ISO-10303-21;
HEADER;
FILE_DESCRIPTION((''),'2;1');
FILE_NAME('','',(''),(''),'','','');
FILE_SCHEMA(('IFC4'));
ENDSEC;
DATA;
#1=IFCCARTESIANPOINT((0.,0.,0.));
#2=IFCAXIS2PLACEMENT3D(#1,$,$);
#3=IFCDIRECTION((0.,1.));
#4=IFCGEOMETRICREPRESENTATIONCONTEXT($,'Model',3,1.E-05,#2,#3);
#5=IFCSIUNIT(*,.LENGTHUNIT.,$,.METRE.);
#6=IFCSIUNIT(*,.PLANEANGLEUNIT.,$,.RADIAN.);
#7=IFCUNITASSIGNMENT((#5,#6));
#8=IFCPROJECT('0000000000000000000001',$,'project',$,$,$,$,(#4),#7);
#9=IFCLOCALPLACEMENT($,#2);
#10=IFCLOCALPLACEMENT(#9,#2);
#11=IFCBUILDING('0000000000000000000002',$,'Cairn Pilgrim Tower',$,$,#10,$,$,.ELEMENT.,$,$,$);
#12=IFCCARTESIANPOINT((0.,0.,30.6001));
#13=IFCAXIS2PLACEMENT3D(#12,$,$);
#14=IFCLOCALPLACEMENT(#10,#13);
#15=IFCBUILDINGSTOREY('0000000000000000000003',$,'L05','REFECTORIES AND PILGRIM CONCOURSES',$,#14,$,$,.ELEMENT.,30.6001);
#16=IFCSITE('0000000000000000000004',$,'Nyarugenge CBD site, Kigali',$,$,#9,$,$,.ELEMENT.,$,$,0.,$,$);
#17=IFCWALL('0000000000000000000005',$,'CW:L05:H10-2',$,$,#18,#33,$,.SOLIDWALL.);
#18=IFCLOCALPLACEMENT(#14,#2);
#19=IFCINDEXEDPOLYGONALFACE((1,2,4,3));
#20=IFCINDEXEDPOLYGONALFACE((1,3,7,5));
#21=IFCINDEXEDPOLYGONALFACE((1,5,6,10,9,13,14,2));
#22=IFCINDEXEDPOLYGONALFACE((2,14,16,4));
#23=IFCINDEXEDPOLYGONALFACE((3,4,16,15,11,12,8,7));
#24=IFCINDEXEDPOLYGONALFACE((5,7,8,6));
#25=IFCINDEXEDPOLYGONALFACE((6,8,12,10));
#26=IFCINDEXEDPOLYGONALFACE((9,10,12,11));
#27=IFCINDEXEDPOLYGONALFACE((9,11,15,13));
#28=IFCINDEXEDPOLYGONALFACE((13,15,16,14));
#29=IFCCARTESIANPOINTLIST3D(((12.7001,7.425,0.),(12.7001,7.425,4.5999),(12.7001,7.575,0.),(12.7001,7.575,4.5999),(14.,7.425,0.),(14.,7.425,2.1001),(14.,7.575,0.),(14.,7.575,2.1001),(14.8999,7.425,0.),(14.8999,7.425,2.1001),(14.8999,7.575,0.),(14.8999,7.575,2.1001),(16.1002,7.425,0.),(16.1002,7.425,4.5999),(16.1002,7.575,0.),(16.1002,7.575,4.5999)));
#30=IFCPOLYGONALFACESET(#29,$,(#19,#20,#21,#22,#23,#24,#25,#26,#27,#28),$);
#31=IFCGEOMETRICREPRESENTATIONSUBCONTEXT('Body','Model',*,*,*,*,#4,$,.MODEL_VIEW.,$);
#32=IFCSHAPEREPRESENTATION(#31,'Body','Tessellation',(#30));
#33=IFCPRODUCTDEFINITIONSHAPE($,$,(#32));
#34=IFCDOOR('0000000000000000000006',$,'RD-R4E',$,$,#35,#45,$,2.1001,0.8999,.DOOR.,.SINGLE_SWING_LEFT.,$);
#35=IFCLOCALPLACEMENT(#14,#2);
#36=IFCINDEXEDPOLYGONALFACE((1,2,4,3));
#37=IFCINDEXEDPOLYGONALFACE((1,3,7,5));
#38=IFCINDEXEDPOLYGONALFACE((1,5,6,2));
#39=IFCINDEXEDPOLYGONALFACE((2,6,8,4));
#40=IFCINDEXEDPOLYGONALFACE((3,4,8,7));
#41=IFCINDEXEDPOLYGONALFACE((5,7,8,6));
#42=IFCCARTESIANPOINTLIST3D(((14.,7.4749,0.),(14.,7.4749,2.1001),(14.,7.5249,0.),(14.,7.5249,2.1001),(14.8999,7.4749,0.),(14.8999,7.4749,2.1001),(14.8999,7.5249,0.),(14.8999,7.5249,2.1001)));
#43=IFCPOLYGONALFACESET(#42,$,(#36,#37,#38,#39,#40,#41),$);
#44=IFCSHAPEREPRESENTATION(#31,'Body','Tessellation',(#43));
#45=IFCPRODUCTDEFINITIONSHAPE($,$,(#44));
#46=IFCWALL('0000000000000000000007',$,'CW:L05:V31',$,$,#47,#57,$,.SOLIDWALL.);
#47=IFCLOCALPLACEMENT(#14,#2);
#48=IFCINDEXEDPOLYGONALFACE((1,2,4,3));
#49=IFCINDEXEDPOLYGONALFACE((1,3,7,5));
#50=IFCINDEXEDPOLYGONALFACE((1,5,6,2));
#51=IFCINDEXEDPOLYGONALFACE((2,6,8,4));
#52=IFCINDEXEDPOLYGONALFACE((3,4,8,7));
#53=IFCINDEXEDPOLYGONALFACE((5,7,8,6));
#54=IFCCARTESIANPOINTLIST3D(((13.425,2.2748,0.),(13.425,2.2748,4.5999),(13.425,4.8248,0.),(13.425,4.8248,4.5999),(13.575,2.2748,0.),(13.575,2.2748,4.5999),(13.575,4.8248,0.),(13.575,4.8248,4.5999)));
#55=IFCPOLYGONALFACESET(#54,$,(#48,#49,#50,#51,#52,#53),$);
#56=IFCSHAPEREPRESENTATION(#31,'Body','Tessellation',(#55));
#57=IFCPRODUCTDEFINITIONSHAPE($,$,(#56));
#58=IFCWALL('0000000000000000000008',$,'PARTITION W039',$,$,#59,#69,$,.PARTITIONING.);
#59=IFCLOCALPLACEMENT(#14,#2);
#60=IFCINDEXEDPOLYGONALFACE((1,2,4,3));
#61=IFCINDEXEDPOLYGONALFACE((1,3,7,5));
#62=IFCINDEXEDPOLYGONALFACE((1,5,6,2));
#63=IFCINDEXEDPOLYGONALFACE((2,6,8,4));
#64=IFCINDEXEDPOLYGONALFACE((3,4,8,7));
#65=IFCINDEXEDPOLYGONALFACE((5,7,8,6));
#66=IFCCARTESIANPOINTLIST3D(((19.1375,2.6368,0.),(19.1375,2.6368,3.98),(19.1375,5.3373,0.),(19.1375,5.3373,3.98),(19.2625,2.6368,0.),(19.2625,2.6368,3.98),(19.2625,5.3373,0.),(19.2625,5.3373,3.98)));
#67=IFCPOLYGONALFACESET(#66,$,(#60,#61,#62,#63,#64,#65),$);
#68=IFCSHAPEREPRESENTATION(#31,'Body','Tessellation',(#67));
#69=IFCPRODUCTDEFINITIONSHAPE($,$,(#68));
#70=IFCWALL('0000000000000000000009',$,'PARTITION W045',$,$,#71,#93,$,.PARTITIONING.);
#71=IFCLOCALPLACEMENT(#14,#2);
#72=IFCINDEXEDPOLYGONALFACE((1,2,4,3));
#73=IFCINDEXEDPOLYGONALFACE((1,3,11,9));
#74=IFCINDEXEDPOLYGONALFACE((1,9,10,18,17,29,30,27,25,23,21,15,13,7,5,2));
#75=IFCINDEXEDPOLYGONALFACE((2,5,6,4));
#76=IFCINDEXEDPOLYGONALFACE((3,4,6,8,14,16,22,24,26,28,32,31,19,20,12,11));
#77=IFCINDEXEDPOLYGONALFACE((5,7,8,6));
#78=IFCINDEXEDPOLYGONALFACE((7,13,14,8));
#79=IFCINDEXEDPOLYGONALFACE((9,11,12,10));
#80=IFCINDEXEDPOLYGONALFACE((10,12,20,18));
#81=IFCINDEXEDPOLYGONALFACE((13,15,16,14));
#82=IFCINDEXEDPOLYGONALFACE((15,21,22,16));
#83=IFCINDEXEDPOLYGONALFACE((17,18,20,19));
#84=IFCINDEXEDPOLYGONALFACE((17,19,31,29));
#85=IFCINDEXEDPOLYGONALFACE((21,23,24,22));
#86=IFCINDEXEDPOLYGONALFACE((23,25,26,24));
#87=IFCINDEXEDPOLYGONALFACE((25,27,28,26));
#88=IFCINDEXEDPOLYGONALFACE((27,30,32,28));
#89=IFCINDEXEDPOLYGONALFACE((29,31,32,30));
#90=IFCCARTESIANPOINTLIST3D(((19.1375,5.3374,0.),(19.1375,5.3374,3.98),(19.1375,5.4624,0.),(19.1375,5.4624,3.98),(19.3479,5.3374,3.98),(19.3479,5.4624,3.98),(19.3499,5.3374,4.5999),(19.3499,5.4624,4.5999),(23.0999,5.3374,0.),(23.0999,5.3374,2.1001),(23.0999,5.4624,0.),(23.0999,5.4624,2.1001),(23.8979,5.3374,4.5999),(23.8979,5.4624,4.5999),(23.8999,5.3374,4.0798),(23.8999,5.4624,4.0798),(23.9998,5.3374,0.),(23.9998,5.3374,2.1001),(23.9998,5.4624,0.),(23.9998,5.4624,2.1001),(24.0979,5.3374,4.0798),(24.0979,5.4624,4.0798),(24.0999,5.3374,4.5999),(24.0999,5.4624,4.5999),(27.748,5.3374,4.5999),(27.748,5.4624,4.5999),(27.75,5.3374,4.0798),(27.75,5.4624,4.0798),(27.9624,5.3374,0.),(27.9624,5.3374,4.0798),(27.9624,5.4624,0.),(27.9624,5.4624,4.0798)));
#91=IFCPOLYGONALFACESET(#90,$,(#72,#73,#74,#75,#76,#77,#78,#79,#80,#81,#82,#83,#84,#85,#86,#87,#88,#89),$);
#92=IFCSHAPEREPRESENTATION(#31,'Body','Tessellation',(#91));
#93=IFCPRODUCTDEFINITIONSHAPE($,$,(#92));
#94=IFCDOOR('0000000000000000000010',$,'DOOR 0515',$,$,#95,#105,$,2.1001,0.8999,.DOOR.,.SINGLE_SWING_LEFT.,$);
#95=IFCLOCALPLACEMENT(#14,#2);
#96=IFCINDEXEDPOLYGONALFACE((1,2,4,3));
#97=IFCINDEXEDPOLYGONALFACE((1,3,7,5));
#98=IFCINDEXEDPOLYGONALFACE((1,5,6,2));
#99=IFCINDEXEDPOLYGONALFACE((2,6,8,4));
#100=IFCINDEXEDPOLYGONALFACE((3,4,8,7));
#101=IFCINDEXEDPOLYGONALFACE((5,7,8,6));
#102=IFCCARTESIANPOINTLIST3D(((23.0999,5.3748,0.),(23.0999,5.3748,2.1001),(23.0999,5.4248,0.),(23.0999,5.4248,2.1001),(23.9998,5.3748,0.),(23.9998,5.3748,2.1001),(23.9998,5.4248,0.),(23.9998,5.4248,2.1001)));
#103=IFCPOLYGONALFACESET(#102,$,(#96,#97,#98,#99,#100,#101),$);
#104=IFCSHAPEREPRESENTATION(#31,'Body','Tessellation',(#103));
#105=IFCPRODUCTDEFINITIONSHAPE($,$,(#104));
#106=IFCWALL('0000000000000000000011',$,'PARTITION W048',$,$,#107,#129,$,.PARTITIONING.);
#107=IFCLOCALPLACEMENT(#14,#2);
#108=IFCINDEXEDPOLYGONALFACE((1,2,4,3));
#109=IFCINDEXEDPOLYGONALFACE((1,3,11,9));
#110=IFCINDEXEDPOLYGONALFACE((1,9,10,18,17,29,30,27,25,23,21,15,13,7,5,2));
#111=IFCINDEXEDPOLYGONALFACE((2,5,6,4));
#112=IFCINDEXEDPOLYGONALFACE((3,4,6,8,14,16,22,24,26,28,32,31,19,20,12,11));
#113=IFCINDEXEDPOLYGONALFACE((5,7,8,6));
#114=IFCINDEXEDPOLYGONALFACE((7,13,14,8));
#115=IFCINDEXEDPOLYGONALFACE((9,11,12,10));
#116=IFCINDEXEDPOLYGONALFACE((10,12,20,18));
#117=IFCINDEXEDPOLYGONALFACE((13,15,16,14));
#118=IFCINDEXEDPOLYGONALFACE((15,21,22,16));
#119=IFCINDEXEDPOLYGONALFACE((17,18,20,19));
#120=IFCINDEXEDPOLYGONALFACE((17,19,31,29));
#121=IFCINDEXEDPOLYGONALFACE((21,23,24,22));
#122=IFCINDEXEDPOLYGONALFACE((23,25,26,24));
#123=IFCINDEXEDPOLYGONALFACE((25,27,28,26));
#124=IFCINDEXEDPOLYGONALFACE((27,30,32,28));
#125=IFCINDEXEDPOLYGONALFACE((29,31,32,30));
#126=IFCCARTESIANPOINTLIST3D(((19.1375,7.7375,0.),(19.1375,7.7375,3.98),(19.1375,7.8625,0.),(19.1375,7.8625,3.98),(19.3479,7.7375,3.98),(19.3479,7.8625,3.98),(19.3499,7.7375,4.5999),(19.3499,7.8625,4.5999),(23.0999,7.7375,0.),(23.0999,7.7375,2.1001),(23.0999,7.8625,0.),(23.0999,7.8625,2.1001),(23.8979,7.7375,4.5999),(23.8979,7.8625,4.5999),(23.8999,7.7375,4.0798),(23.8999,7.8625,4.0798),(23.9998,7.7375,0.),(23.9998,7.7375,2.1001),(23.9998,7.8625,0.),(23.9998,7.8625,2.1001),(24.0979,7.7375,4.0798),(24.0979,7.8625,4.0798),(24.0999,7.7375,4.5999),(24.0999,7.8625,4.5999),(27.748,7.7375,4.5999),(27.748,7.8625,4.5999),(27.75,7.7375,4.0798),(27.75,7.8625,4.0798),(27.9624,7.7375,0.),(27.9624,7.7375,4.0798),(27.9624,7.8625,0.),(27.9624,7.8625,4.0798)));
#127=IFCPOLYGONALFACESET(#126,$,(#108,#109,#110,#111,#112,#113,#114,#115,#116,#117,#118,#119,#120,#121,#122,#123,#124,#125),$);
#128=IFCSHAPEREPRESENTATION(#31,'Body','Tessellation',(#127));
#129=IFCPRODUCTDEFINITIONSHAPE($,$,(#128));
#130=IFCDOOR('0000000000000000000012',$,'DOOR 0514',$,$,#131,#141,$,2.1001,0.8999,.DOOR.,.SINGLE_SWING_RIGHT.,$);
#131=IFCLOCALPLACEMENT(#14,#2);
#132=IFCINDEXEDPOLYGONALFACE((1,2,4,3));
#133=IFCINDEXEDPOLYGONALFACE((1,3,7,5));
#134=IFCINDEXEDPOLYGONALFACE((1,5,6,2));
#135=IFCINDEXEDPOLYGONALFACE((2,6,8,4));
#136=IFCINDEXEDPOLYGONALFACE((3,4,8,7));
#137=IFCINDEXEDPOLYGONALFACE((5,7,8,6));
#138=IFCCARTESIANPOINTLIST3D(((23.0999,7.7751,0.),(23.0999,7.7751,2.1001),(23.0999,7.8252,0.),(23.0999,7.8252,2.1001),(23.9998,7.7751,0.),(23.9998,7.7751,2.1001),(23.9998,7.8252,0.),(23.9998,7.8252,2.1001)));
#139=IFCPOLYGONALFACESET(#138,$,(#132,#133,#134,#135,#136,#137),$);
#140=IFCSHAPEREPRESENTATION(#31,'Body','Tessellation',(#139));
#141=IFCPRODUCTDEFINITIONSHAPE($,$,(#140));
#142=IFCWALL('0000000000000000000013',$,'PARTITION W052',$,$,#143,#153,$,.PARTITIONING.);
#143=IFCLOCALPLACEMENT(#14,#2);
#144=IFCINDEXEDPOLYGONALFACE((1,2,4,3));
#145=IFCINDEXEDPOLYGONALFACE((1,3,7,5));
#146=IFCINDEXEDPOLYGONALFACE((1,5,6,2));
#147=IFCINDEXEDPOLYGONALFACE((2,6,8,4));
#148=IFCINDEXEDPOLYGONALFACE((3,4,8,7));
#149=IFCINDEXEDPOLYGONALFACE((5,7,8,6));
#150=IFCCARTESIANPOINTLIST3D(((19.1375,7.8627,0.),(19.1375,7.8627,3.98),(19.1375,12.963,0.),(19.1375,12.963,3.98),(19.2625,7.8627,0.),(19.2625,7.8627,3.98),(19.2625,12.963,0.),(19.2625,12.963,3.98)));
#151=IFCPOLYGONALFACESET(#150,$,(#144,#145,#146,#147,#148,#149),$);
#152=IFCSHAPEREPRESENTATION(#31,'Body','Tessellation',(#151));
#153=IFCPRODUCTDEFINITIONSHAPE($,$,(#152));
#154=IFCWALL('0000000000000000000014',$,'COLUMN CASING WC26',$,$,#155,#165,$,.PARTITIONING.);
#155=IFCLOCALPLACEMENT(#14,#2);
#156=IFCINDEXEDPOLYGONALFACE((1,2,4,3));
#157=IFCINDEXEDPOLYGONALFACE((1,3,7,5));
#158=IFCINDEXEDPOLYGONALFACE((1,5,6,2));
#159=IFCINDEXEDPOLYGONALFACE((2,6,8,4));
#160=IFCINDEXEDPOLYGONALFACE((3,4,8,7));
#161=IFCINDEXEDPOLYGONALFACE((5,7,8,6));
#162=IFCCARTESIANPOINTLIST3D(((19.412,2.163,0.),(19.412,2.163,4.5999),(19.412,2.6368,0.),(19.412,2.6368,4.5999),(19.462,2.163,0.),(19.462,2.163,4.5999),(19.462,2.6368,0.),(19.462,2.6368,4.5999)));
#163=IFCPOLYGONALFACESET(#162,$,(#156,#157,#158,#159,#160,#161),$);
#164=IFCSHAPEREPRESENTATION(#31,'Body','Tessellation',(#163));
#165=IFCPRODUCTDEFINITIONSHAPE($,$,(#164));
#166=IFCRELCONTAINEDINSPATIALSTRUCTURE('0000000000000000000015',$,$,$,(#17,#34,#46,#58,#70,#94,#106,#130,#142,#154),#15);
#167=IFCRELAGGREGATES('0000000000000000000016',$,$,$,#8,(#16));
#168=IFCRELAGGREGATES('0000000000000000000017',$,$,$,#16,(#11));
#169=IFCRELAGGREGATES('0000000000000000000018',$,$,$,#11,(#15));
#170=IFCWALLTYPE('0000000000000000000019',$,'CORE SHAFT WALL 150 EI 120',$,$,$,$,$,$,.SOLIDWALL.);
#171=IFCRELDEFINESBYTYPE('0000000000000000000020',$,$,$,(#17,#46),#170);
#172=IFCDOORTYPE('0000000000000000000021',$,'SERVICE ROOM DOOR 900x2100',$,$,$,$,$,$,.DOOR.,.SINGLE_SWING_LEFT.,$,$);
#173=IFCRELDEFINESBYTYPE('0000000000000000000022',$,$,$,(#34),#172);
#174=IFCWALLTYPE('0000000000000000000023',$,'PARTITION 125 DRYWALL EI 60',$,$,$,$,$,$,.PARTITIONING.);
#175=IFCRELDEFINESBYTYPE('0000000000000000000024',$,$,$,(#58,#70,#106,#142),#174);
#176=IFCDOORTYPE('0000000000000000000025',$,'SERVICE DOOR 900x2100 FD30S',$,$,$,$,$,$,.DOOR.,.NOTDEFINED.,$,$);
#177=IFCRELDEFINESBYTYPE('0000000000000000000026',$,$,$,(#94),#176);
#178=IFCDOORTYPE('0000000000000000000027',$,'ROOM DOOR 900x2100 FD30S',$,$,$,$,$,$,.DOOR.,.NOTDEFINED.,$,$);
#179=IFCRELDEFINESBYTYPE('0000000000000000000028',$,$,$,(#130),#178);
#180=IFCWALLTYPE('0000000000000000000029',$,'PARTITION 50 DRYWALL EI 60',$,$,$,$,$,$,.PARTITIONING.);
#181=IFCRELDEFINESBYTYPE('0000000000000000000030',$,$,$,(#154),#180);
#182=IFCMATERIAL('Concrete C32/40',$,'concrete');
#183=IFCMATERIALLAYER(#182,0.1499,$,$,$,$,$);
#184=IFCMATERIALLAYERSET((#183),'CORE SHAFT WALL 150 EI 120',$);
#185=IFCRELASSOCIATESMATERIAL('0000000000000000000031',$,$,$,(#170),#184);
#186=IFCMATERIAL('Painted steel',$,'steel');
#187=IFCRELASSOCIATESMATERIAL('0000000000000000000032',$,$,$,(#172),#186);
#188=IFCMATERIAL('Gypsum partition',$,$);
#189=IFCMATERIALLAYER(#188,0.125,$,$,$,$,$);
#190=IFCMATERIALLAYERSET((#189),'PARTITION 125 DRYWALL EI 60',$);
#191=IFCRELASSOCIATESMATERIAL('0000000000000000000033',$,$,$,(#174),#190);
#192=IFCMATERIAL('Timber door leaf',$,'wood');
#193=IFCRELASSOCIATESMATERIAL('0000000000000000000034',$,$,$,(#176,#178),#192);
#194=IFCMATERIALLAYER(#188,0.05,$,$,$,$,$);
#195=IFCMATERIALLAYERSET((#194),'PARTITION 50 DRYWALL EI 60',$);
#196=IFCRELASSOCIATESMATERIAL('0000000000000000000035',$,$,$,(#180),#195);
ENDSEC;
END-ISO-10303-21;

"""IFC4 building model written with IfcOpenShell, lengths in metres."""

from ifc_helpers import new_model, si_unit, direction, frame, frame_2d, origin, place, context, subcontext, project, spatial, polyline, rectangle, outline, extrude, material, layer, layer_set, type_object, element, fill, save


model = new_model("IFC4")

# Units and contexts
model_context = context("Model", 3, precision=1e-05, world=origin(), true_north=direction((0.0, 1.0)))
body_context = subcontext(model_context, "Body", "Model", "MODEL_VIEW")
ifc_project = project(units=[si_unit("LENGTHUNIT", "METRE"), si_unit("PLANEANGLEUNIT", "RADIAN")], contexts=[model_context])

# Site, building, storey
site_placement = place(None, origin())
site = spatial("IfcSite", under=ifc_project, at=site_placement, Name="Nyarugenge CBD site, Kigali", CompositionType="ELEMENT", RefElevation=0.0)
building_placement = place(site_placement, origin())
building = spatial("IfcBuilding", under=site, at=building_placement, Name="Cairn Pilgrim Tower", CompositionType="ELEMENT")
storey_placement = place(building_placement, frame((0.0, 0.0, 30.6001)))
storey = spatial("IfcBuildingStorey", under=building, at=storey_placement, Name="L05", Description="REFECTORIES AND PILGRIM CONCOURSES", CompositionType="ELEMENT", Elevation=30.6001)

# Shared definitions
ifc_material_1 = material(Name="Concrete C32/40", Category="concrete")

# Wall, opening, door
ifc_layer_1 = layer(ifc_material_1, 0.1499)
ifc_layer_set_1 = layer_set([ifc_layer_1], Name="CORE SHAFT WALL 150 EI 120")
wall_type_1 = type_object("IfcWallType", Name="CORE SHAFT WALL 150 EI 120", PredefinedType="SOLIDWALL", material=ifc_layer_set_1)
wall_1_placement = place(storey_placement, frame((12.7, 7.5, 0.0), z_axis=(0.0, 0.0, 1.0), x_axis=(1.0, 0.0, 0.0)))
wall_1 = element("IfcWall", 1, at=wall_1_placement, inside=storey, type_object=wall_type_1, Name="CW:L05:H10-2", PredefinedType="SOLIDWALL", context=body_context, shape_type="SweptSolid", body=[
    extrude(rectangle(XDim=3.4001, YDim=0.1499, at=frame_2d((1.7002, 0.0))), origin(), (0.0, 0.0, 1.0), 4.5999),
])
opening_1_placement = place(wall_1_placement, frame((1.3, 0.0, 0.0)))
opening_1 = element("IfcOpeningElement", 2, at=opening_1_placement, cuts=wall_1, PredefinedType="OPENING", context=body_context, shape_type="SweptSolid", body=[
    extrude(rectangle(XDim=0.8999, YDim=2.1001, at=frame_2d((0.45, 1.05))), frame((0.0, 0.085, 0.0), z_axis=(0.0, -1.0, 0.0), x_axis=(1.0, 0.0, 0.0)), (0.0, 0.0, 1.0), 0.1699),
])
ifc_material_2 = material(Name="Painted steel", Category="steel")
door_type_1 = type_object("IfcDoorType", Name="SERVICE ROOM DOOR 900x2100", OperationType="SINGLE_SWING_LEFT", PredefinedType="DOOR", material=ifc_material_2)
door_1_placement = place(opening_1_placement, origin())
door_1 = element("IfcDoor", 3, at=door_1_placement, inside=storey, type_object=door_type_1, Name="RD-R4E", OperationType="SINGLE_SWING_LEFT", OverallHeight=2.1001, OverallWidth=0.8999, PredefinedType="DOOR", context=body_context, shape_type="SweptSolid", body=[
    extrude(rectangle(XDim=0.8999, YDim=2.1001, at=frame_2d((0.45, 1.05))), frame((0.0, 0.0249, 0.0), z_axis=(0.0, -1.0, 0.0), x_axis=(1.0, 0.0, 0.0)), (0.0, 0.0, 1.0), 0.05),
])
fill(opening_1, door_1)

# Walls
wall_2_placement = place(storey_placement, frame((13.5, 2.2749, 0.0), z_axis=(0.0, 0.0, 1.0), x_axis=(0.0, 1.0, 0.0)))
element("IfcWall", 4, at=wall_2_placement, inside=storey, type_object=wall_type_1, Name="CW:L05:V31", PredefinedType="SOLIDWALL", context=body_context, shape_type="SweptSolid", body=[
    extrude(rectangle(XDim=2.55, YDim=0.1499, at=frame_2d((1.2749, 0.0))), origin(), (0.0, 0.0, 1.0), 4.5999),
])
ifc_material_3 = material(Name="Gypsum partition")
ifc_layer_2 = layer(ifc_material_3, 0.125)
ifc_layer_set_2 = layer_set([ifc_layer_2], Name="PARTITION 125 DRYWALL EI 60")
wall_type_2 = type_object("IfcWallType", Name="PARTITION 125 DRYWALL EI 60", PredefinedType="PARTITIONING", material=ifc_layer_set_2)
wall_3_placement = place(storey_placement, frame((19.2, 2.637, 0.0), z_axis=(0.0, 0.0, 1.0), x_axis=(0.0, 1.0, 0.0)))
element("IfcWall", 5, at=wall_3_placement, inside=storey, type_object=wall_type_2, Name="PARTITION W039", PredefinedType="PARTITIONING", context=body_context, shape_type="SweptSolid", body=[
    extrude(rectangle(XDim=2.7004, YDim=0.125, at=frame_2d((1.3501, 0.0))), origin(), (0.0, 0.0, 1.0), 3.98),
])

# Walls, openings, doors
wall_4_placement = place(storey_placement, frame((19.1375, 5.3999, 0.0), z_axis=(0.0, 0.0, 1.0), x_axis=(1.0, 0.0, 0.0)))
wall_4 = element("IfcWall", 6, at=wall_4_placement, inside=storey, type_object=wall_type_2, Name="PARTITION W045", PredefinedType="PARTITIONING", context=body_context, shape_type="SweptSolid", body=[
    extrude(outline(polyline([(0.0, 0.0), (8.825, 0.0), (8.825, 4.0798), (8.6125, 4.0798), (8.6106, 4.5999), (4.9624, 4.5999), (4.9604, 4.0798), (4.7625, 4.0798), (4.7605, 4.5999), (0.2124, 4.5999), (0.2104, 3.98), (0.0, 3.98), (0.0, 0.0)])), frame((0.0, 0.0625, 0.0), z_axis=(0.0, -1.0, 0.0), x_axis=(1.0, 0.0, 0.0)), (0.0, 0.0, 1.0), 0.125),
])
opening_2_placement = place(wall_4_placement, frame((3.9624, 0.0, 0.0)))
opening_2 = element("IfcOpeningElement", 7, at=opening_2_placement, cuts=wall_4, PredefinedType="OPENING", context=body_context, shape_type="SweptSolid", body=[
    extrude(rectangle(XDim=0.8999, YDim=2.1001, at=frame_2d((0.45, 1.05))), frame((0.0, 0.0725, 0.0), z_axis=(0.0, -1.0, 0.0), x_axis=(1.0, 0.0, 0.0)), (0.0, 0.0, 1.0), 0.145),
])
ifc_material_4 = material(Name="Timber door leaf", Category="wood")
door_type_2 = type_object("IfcDoorType", Name="SERVICE DOOR 900x2100 FD30S", OperationType="NOTDEFINED", PredefinedType="DOOR", material=ifc_material_4)
door_2_placement = place(opening_2_placement, origin())
door_2 = element("IfcDoor", 8, at=door_2_placement, inside=storey, type_object=door_type_2, Name="DOOR 0515", OperationType="SINGLE_SWING_LEFT", OverallHeight=2.1001, OverallWidth=0.8999, PredefinedType="DOOR", context=body_context, shape_type="SweptSolid", body=[
    extrude(rectangle(XDim=0.8999, YDim=2.1001, at=frame_2d((0.45, 1.05))), frame((0.0, 0.0249, 0.0), z_axis=(0.0, -1.0, 0.0), x_axis=(1.0, 0.0, 0.0)), (0.0, 0.0, 1.0), 0.05),
])
fill(opening_2, door_2)
wall_5_placement = place(storey_placement, frame((19.1375, 7.8, 0.0), z_axis=(0.0, 0.0, 1.0), x_axis=(1.0, 0.0, 0.0)))
wall_5 = element("IfcWall", 9, at=wall_5_placement, inside=storey, type_object=wall_type_2, Name="PARTITION W048", PredefinedType="PARTITIONING", context=body_context, shape_type="SweptSolid", body=[
    extrude(outline(polyline([(0.0, 0.0), (8.825, 0.0), (8.825, 4.0798), (8.6125, 4.0798), (8.6106, 4.5999), (4.9624, 4.5999), (4.9604, 4.0798), (4.7625, 4.0798), (4.7605, 4.5999), (0.2124, 4.5999), (0.2104, 3.98), (0.0, 3.98), (0.0, 0.0)])), frame((0.0, 0.0625, 0.0), z_axis=(0.0, -1.0, 0.0), x_axis=(1.0, 0.0, 0.0)), (0.0, 0.0, 1.0), 0.125),
])
opening_3_placement = place(wall_5_placement, frame((3.9624, 0.0, 0.0)))
opening_3 = element("IfcOpeningElement", 10, at=opening_3_placement, cuts=wall_5, PredefinedType="OPENING", context=body_context, shape_type="SweptSolid", body=[
    extrude(rectangle(XDim=0.8999, YDim=2.1001, at=frame_2d((0.45, 1.05))), frame((0.0, 0.0725, 0.0), z_axis=(0.0, -1.0, 0.0), x_axis=(1.0, 0.0, 0.0)), (0.0, 0.0, 1.0), 0.145),
])
door_type_3 = type_object("IfcDoorType", Name="ROOM DOOR 900x2100 FD30S", OperationType="NOTDEFINED", PredefinedType="DOOR", material=ifc_material_4)
door_3_placement = place(opening_3_placement, frame((0.8999, 0.0, 0.0), z_axis=(0.0, 0.0, 1.0), x_axis=(-1.0, 0.0, 0.0)))
door_3 = element("IfcDoor", 11, at=door_3_placement, inside=storey, type_object=door_type_3, Name="DOOR 0514", OperationType="SINGLE_SWING_RIGHT", OverallHeight=2.1001, OverallWidth=0.8999, PredefinedType="DOOR", context=body_context, shape_type="SweptSolid", body=[
    extrude(rectangle(XDim=0.8999, YDim=2.1001, at=frame_2d((0.45, 1.05))), frame((0.0, 0.0249, 0.0), z_axis=(0.0, -1.0, 0.0), x_axis=(1.0, 0.0, 0.0)), (0.0, 0.0, 1.0), 0.05),
])
fill(opening_3, door_3)

# Walls
wall_6_placement = place(storey_placement, frame((19.2, 7.8625, 0.0), z_axis=(0.0, 0.0, 1.0), x_axis=(0.0, 1.0, 0.0)))
element("IfcWall", 12, at=wall_6_placement, inside=storey, type_object=wall_type_2, Name="PARTITION W052", PredefinedType="PARTITIONING", context=body_context, shape_type="SweptSolid", body=[
    extrude(rectangle(XDim=5.1003, YDim=0.125, at=frame_2d((2.5503, 0.0))), origin(), (0.0, 0.0, 1.0), 3.98),
])
ifc_layer_3 = layer(ifc_material_3, 0.05)
ifc_layer_set_3 = layer_set([ifc_layer_3], Name="PARTITION 50 DRYWALL EI 60")
wall_type_3 = type_object("IfcWallType", Name="PARTITION 50 DRYWALL EI 60", PredefinedType="PARTITIONING", material=ifc_layer_set_3)
wall_7_placement = place(storey_placement, frame((19.437, 2.1631, 0.0), z_axis=(0.0, 0.0, 1.0), x_axis=(0.0, 1.0, 0.0)))
element("IfcWall", 13, at=wall_7_placement, inside=storey, type_object=wall_type_3, Name="COLUMN CASING WC26", PredefinedType="PARTITIONING", context=body_context, shape_type="SweptSolid", body=[
    extrude(rectangle(XDim=0.4739, YDim=0.05, at=frame_2d((0.2368, 0.0))), origin(), (0.0, 0.0, 1.0), 4.5999),
])

save(model, "model.ifc")
